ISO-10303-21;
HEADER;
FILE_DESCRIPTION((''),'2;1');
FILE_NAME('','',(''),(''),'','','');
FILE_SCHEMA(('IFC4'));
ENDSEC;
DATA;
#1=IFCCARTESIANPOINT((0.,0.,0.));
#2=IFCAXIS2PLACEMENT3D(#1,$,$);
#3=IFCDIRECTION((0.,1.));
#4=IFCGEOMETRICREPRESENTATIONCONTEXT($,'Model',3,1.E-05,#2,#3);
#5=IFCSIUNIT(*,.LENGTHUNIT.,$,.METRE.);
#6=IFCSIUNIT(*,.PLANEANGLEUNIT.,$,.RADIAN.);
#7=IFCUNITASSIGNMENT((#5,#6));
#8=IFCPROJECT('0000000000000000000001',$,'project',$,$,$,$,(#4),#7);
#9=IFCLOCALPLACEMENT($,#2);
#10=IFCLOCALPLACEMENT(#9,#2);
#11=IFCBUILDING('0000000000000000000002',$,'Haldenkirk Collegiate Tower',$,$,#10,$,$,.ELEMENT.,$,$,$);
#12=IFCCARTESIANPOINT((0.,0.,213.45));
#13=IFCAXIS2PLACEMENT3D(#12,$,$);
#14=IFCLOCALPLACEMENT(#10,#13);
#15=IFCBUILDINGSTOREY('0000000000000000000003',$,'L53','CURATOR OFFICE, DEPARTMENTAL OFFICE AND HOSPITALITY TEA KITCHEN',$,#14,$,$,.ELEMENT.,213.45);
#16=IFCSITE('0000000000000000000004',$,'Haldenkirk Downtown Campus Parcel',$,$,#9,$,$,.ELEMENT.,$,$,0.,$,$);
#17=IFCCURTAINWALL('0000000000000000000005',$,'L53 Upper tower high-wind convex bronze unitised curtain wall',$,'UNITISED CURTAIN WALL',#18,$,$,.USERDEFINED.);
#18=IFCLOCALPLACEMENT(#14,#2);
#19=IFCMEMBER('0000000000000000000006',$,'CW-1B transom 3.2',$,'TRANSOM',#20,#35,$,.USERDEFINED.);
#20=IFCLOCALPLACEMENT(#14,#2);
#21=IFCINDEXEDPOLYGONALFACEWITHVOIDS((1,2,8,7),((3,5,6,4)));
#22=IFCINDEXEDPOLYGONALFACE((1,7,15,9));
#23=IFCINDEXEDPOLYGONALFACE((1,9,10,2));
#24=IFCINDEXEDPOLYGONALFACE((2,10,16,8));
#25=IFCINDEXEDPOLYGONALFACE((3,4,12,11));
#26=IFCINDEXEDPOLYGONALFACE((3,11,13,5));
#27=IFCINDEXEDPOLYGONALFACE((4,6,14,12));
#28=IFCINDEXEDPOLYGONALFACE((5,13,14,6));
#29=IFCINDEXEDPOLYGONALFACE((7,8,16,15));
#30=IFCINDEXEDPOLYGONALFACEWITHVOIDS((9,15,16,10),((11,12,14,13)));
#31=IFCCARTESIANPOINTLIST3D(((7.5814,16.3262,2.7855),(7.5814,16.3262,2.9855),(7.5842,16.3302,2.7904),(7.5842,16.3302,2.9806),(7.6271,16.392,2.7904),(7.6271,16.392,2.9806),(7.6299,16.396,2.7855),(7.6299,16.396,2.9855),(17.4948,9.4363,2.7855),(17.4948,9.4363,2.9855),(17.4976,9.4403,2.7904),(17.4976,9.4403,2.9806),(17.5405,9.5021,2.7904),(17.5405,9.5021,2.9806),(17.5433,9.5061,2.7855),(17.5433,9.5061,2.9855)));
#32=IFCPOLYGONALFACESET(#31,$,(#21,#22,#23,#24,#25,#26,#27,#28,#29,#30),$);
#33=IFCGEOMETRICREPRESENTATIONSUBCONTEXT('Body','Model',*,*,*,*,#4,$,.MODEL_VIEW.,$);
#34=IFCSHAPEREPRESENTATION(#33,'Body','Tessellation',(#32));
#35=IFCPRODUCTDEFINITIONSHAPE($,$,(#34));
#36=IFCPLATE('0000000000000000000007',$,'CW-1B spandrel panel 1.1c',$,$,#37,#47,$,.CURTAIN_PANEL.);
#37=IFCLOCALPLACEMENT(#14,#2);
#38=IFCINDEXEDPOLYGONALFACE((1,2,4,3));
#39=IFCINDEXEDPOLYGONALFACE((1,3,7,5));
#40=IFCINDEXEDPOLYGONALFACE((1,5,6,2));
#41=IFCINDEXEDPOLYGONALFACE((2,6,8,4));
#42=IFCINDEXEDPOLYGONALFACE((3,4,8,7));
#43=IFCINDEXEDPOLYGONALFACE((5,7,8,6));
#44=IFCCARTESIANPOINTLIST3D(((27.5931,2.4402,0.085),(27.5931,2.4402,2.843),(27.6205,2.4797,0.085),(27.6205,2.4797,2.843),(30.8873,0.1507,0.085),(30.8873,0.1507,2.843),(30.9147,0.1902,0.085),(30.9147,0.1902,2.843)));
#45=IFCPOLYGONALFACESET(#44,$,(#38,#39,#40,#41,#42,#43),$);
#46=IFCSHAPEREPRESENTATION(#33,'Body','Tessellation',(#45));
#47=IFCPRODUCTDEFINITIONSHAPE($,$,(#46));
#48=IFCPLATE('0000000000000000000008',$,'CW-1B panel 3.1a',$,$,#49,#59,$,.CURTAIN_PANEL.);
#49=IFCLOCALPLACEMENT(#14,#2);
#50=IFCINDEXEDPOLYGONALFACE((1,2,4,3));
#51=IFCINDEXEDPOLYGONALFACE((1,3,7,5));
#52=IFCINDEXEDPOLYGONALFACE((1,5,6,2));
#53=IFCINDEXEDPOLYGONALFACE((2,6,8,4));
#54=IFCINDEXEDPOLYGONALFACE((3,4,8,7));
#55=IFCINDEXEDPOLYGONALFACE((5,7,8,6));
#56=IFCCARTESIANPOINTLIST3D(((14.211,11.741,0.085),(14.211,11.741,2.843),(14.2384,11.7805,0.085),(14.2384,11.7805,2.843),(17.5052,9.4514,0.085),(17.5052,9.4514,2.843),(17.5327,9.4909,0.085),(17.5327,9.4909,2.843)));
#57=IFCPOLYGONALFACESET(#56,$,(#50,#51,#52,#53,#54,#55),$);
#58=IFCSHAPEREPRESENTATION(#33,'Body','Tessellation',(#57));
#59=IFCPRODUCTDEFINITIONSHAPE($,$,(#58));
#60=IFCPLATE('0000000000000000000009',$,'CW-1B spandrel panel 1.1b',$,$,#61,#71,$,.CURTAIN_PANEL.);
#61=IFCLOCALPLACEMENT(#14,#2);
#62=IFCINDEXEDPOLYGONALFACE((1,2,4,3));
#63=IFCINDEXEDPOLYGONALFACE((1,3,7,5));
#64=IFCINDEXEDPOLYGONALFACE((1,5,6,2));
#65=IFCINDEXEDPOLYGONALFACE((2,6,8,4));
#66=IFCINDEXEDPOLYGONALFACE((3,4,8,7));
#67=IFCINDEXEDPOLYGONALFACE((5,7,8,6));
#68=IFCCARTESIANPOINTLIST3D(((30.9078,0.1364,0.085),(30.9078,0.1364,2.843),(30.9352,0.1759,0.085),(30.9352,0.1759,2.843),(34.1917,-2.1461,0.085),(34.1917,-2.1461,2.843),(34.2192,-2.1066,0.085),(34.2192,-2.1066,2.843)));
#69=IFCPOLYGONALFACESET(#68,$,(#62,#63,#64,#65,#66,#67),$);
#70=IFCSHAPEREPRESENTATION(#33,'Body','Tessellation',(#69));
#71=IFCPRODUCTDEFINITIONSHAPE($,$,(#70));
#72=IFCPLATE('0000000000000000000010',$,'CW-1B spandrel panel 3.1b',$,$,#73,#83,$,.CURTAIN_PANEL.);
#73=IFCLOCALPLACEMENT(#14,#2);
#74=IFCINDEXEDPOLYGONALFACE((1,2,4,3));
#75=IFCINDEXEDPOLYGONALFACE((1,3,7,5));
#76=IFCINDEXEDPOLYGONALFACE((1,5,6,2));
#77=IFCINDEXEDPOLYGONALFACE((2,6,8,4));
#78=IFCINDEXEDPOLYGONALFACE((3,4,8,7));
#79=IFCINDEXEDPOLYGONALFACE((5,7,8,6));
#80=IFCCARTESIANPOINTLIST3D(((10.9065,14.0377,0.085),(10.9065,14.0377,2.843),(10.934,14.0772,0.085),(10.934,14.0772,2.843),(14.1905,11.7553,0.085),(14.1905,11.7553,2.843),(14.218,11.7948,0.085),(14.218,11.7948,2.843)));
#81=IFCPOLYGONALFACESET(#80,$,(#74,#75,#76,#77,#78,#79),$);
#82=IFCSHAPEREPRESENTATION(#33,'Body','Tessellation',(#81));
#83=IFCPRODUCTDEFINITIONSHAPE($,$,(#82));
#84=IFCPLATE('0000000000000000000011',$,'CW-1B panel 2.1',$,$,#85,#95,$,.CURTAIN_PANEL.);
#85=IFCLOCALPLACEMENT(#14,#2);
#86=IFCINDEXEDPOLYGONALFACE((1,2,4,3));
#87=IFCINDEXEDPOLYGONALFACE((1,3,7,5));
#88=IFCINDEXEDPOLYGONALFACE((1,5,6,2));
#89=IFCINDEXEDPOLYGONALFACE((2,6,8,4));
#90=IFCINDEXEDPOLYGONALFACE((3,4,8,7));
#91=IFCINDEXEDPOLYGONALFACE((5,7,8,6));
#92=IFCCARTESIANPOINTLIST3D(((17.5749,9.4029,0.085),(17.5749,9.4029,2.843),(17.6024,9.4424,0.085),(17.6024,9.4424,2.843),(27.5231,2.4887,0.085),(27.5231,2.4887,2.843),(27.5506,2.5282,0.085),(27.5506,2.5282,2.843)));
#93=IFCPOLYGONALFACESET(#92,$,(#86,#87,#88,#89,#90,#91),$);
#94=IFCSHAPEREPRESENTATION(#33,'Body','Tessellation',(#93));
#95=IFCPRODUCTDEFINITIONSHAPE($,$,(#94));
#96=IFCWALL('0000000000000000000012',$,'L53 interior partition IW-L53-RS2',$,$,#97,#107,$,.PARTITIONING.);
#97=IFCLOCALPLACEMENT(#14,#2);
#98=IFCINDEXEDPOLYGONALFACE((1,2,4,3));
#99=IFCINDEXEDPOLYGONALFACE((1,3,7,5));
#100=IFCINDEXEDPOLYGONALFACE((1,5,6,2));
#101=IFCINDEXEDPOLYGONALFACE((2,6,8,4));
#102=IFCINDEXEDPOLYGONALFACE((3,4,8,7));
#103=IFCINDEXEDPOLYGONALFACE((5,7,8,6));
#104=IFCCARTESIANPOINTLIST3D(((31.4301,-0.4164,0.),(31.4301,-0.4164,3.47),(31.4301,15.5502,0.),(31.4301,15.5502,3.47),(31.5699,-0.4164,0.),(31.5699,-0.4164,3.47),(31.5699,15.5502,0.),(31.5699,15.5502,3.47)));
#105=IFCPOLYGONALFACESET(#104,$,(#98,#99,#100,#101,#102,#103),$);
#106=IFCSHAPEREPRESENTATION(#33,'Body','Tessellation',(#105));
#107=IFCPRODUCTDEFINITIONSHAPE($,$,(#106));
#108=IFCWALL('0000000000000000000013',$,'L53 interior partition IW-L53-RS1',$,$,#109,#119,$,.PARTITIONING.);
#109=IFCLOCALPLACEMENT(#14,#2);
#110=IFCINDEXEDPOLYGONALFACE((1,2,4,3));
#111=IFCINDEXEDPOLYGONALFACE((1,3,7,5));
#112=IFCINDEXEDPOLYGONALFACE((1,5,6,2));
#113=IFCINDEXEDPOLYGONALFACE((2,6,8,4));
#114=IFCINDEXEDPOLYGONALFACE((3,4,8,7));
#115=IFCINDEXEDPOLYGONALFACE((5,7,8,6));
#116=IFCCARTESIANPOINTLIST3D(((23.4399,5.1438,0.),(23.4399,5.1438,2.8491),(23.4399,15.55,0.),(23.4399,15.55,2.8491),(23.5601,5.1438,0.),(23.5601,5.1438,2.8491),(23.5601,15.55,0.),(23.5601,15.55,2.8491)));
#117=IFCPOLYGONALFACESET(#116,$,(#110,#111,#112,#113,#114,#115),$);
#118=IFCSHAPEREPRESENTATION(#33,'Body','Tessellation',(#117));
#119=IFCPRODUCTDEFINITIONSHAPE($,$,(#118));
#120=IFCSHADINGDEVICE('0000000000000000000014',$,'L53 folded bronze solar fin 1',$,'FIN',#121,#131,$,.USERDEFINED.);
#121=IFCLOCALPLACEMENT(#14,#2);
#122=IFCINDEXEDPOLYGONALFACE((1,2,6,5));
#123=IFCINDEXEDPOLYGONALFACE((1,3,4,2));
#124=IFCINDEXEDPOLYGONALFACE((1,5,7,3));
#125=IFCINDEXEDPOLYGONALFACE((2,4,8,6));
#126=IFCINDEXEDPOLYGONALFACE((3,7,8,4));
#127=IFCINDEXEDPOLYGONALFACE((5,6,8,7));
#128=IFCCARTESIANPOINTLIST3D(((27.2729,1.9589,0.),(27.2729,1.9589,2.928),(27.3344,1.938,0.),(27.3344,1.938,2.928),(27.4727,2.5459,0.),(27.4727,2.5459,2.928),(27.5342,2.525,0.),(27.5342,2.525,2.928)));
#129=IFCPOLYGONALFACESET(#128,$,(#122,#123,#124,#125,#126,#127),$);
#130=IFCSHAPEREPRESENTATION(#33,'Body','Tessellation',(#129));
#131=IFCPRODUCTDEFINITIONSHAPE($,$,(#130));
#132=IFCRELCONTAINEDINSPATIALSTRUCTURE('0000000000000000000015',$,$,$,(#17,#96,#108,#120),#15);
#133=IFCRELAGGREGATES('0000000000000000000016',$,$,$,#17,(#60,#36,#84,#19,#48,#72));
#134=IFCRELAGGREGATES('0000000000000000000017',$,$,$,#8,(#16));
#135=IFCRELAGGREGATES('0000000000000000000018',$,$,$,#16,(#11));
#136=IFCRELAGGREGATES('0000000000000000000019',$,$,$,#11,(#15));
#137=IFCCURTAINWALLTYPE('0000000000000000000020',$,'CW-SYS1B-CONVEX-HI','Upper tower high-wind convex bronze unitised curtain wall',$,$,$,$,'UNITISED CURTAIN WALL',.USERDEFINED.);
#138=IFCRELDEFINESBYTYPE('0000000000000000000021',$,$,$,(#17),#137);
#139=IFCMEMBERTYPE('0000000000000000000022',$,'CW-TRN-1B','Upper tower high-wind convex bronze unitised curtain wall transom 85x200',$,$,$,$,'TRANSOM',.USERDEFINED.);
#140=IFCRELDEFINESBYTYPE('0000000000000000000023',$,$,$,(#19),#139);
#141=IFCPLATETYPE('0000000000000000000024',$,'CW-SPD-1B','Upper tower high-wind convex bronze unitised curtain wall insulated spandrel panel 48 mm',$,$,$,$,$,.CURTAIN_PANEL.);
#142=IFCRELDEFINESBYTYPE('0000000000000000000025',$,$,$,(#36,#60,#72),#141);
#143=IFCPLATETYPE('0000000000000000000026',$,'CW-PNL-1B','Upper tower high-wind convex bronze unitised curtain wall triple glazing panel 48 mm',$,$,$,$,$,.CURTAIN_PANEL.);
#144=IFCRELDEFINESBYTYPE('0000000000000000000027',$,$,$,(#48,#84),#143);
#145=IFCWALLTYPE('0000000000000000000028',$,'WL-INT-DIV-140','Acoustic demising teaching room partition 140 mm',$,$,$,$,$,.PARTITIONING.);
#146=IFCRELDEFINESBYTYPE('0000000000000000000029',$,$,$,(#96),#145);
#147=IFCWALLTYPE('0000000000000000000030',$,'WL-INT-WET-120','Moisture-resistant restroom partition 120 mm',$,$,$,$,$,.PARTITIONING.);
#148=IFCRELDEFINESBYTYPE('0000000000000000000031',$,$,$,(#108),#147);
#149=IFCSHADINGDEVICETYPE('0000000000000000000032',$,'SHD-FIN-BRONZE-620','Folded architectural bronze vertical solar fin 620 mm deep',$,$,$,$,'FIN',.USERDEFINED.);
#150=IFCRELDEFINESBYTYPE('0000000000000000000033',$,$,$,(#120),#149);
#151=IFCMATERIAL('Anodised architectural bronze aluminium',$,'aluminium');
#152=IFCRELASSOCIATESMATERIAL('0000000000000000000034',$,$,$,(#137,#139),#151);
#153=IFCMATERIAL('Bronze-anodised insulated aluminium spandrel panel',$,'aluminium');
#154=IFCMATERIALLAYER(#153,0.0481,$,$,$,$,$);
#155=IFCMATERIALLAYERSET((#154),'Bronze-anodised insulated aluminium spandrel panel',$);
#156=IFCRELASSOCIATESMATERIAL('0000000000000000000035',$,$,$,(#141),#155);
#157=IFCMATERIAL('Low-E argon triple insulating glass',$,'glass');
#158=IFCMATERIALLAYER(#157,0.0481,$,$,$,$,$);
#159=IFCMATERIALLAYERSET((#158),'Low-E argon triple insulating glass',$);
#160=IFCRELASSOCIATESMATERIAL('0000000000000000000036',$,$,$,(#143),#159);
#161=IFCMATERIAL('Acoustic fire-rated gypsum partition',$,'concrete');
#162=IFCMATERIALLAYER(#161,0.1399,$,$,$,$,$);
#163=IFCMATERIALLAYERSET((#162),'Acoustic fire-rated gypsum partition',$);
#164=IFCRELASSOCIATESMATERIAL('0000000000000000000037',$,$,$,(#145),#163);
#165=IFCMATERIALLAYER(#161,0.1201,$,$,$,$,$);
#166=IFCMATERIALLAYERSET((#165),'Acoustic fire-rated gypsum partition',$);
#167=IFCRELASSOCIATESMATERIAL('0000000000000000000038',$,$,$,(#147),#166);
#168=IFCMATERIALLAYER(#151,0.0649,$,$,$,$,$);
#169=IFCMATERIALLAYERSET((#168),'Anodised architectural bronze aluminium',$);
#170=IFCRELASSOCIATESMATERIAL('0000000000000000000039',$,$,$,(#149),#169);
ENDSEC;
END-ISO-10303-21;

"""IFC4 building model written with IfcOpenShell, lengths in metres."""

from ifc_helpers import new_model, si_unit, direction, frame, frame_2d, origin, origin_2d, place, context, subcontext, project, spatial, rectangle, hollow_rectangle, extrude, source, transform, mapped, material, layer, layer_set, material_profile, profile_set, type_object, element, aggregate, save


model = new_model("IFC4")

# Units and contexts
model_context = context("Model", 3, precision=1e-05, world=origin(), true_north=direction((0.0, 1.0)))
body_context = subcontext(model_context, "Body", "Model", "MODEL_VIEW")
ifc_project = project(units=[si_unit("LENGTHUNIT", "METRE"), si_unit("PLANEANGLEUNIT", "RADIAN")], contexts=[model_context])

# Site, building, storey
site_placement = place(None, origin())
site = spatial("IfcSite", under=ifc_project, at=site_placement, Name="Haldenkirk Downtown Campus Parcel", CompositionType="ELEMENT", RefElevation=0.0)
building_placement = place(site_placement, origin())
building = spatial("IfcBuilding", under=site, at=building_placement, Name="Haldenkirk Collegiate Tower", CompositionType="ELEMENT")
storey_placement = place(building_placement, frame((0.0, 0.0, 213.45)))
storey = spatial("IfcBuildingStorey", under=building, at=storey_placement, Name="L53", Description="CURATOR OFFICE, DEPARTMENTAL OFFICE AND HOSPITALITY TEA KITCHEN", CompositionType="ELEMENT", Elevation=213.45)

# Curtain wall, member, plates
ifc_material_1 = material(Name="Anodised architectural bronze aluminium", Category="aluminium")
curtain_wall_type = type_object("IfcCurtainWallType", Name="CW-SYS1B-CONVEX-HI", Description="Upper tower high-wind convex bronze unitised curtain wall", ElementType="UNITISED CURTAIN WALL", PredefinedType="USERDEFINED", material=ifc_material_1)
curtain_wall_placement = place(storey_placement, origin())
curtain_wall = element("IfcCurtainWall", 1, at=curtain_wall_placement, inside=storey, type_object=curtain_wall_type, Name="L53 Upper tower high-wind convex bronze unitised curtain wall", ObjectType="UNITISED CURTAIN WALL", PredefinedType="USERDEFINED")
ifc_material_profile_1 = material_profile(ifc_material_1, hollow_rectangle(XDim=0.085, YDim=0.2, WallThickness=0.0049, at=origin_2d()), Name="CW-TRN-1B")
ifc_profile_set_1 = profile_set([ifc_material_profile_1], Name="Anodised architectural bronze aluminium")
member_type_1 = type_object("IfcMemberType", Name="CW-TRN-1B", Description="Upper tower high-wind convex bronze unitised curtain wall transom 85x200", ElementType="TRANSOM", PredefinedType="USERDEFINED", material=ifc_profile_set_1)
member_1_placement = place(storey_placement, frame((17.519, 9.4712, 2.8855), z_axis=(-0.821151, 0.570711, 0.0), x_axis=(-0.570711, -0.821151, 0.0)))
member_1 = element("IfcMember", 2, at=member_1_placement, type_object=member_type_1, Name="CW-1B transom 3.2", ObjectType="TRANSOM", PredefinedType="USERDEFINED", context=body_context, shape_type="SweptSolid", body=[
    extrude(hollow_rectangle(XDim=0.085, YDim=0.2, WallThickness=0.0049, at=origin_2d()), origin(), (0.0, 0.0, 1.0), 12.0725),
])
ifc_material_2 = material(Name="Bronze-anodised insulated aluminium spandrel panel", Category="aluminium")
ifc_layer_1 = layer(ifc_material_2, 0.0481)
ifc_layer_set_1 = layer_set([ifc_layer_1], Name="Bronze-anodised insulated aluminium spandrel panel")
plate_type_1 = type_object("IfcPlateType", Name="CW-SPD-1B", Description="Upper tower high-wind convex bronze unitised curtain wall insulated spandrel panel 48 mm", PredefinedType="CURTAIN_PANEL", material=ifc_layer_set_1)
shared_shape_1 = source(origin(), body_context, "Body", "SweptSolid", [
    extrude(rectangle(XDim=4.0117, YDim=0.0481, at=origin_2d()), origin(), (0.0, 0.0, 1.0), 2.7581),
])
plate_1_placement = place(storey_placement, frame((29.2539, 1.3152, 0.085), z_axis=(0.0, 0.0, 1.0), x_axis=(-0.821148, 0.570715, 0.0)))
plate_1 = element("IfcPlate", 3, at=plate_1_placement, type_object=plate_type_1, Name="CW-1B spandrel panel 1.1c", PredefinedType="CURTAIN_PANEL", context=body_context, shape_type="MappedRepresentation", body=[
    mapped(shared_shape_1, transform((0.0, 0.0, 0.0), x_axis=(1.0, 0.0, 0.0), y_axis=(0.0, 1.0, 0.0), z_axis=(0.0, 0.0, 1.0), scale=1.0)),
])
ifc_material_3 = material(Name="Low-E argon triple insulating glass", Category="glass")
ifc_layer_2 = layer(ifc_material_3, 0.0481)
ifc_layer_set_2 = layer_set([ifc_layer_2], Name="Low-E argon triple insulating glass")
plate_type_2 = type_object("IfcPlateType", Name="CW-PNL-1B", Description="Upper tower high-wind convex bronze unitised curtain wall triple glazing panel 48 mm", PredefinedType="CURTAIN_PANEL", material=ifc_layer_set_2)
plate_2_placement = place(storey_placement, frame((15.8718, 10.616, 0.085), z_axis=(0.0, 0.0, 1.0), x_axis=(-0.821148, 0.570715, 0.0)))
plate_2 = element("IfcPlate", 4, at=plate_2_placement, type_object=plate_type_2, Name="CW-1B panel 3.1a", PredefinedType="CURTAIN_PANEL", context=body_context, shape_type="MappedRepresentation", body=[
    mapped(shared_shape_1, transform((0.0, 0.0, 0.0), x_axis=(1.0, 0.0, 0.0), y_axis=(0.0, 1.0, 0.0), z_axis=(0.0, 0.0, 1.0), scale=1.0)),
])
shared_shape_2 = source(origin(), body_context, "Body", "SweptSolid", [
    extrude(rectangle(XDim=3.9993, YDim=0.0481, at=origin_2d()), origin(), (0.0, 0.0, 1.0), 2.7581),
])
plate_3_placement = place(storey_placement, frame((32.5635, -0.9851, 0.085), z_axis=(0.0, 0.0, 1.0), x_axis=(-0.821148, 0.570715, 0.0)))
plate_3 = element("IfcPlate", 5, at=plate_3_placement, type_object=plate_type_1, Name="CW-1B spandrel panel 1.1b", PredefinedType="CURTAIN_PANEL", context=body_context, shape_type="MappedRepresentation", body=[
    mapped(shared_shape_2, transform((0.0, 0.0, 0.0), x_axis=(1.0, 0.0, 0.0), y_axis=(0.0, 1.0, 0.0), z_axis=(0.0, 0.0, 1.0), scale=1.0)),
])
plate_4_placement = place(storey_placement, frame((12.5623, 12.9163, 0.085), z_axis=(0.0, 0.0, 1.0), x_axis=(-0.821148, 0.570715, 0.0)))
plate_4 = element("IfcPlate", 6, at=plate_4_placement, type_object=plate_type_1, Name="CW-1B spandrel panel 3.1b", PredefinedType="CURTAIN_PANEL", context=body_context, shape_type="MappedRepresentation", body=[
    mapped(shared_shape_2, transform((0.0, 0.0, 0.0), x_axis=(1.0, 0.0, 0.0), y_axis=(0.0, 1.0, 0.0), z_axis=(0.0, 0.0, 1.0), scale=1.0)),
])
shared_shape_3 = source(origin(), body_context, "Body", "SweptSolid", [
    extrude(rectangle(XDim=12.115, YDim=0.0481, at=origin_2d()), origin(), (0.0, 0.0, 1.0), 2.7581),
])
plate_5_placement = place(storey_placement, frame((22.5627, 5.9656, 0.085), z_axis=(0.0, 0.0, 1.0), x_axis=(-0.821148, 0.570715, 0.0)))
plate_5 = element("IfcPlate", 7, at=plate_5_placement, type_object=plate_type_2, Name="CW-1B panel 2.1", PredefinedType="CURTAIN_PANEL", context=body_context, shape_type="MappedRepresentation", body=[
    mapped(shared_shape_3, transform((0.0, 0.0, 0.0), x_axis=(1.0, 0.0, 0.0), y_axis=(0.0, 1.0, 0.0), z_axis=(0.0, 0.0, 1.0), scale=1.0)),
])
aggregate(curtain_wall, [plate_3, plate_1, plate_5, member_1, plate_2, plate_4])

# Walls
ifc_material_4 = material(Name="Acoustic fire-rated gypsum partition", Category="concrete")
ifc_layer_3 = layer(ifc_material_4, 0.1399)
ifc_layer_set_3 = layer_set([ifc_layer_3], Name="Acoustic fire-rated gypsum partition")
wall_type_1 = type_object("IfcWallType", Name="WL-INT-DIV-140", Description="Acoustic demising teaching room partition 140 mm", PredefinedType="PARTITIONING", material=ifc_layer_set_3)
wall_1_placement = place(storey_placement, frame((31.5, -0.4165, 0.0), z_axis=(0.0, 0.0, 1.0), x_axis=(0.0, 1.0, 0.0)))
element("IfcWall", 8, at=wall_1_placement, inside=storey, type_object=wall_type_1, Name="L53 interior partition IW-L53-RS2", PredefinedType="PARTITIONING", context=body_context, shape_type="SweptSolid", body=[
    extrude(rectangle(XDim=15.9666, YDim=0.1399, at=frame_2d((7.9834, 0.0))), origin(), (0.0, 0.0, 1.0), 3.47),
])
ifc_layer_4 = layer(ifc_material_4, 0.1201)
ifc_layer_set_4 = layer_set([ifc_layer_4], Name="Acoustic fire-rated gypsum partition")
wall_type_2 = type_object("IfcWallType", Name="WL-INT-WET-120", Description="Moisture-resistant restroom partition 120 mm", PredefinedType="PARTITIONING", material=ifc_layer_set_4)
wall_2_placement = place(storey_placement, frame((23.5, 5.1438, 0.0), z_axis=(0.0, 0.0, 1.0), x_axis=(0.0, 1.0, 0.0)))
element("IfcWall", 9, at=wall_2_placement, inside=storey, type_object=wall_type_2, Name="L53 interior partition IW-L53-RS1", PredefinedType="PARTITIONING", context=body_context, shape_type="SweptSolid", body=[
    extrude(rectangle(XDim=10.4062, YDim=0.1201, at=frame_2d((5.2031, 0.0))), origin(), (0.0, 0.0, 1.0), 2.8491),
])

# Shading device
ifc_layer_5 = layer(ifc_material_1, 0.0649)
ifc_layer_set_5 = layer_set([ifc_layer_5], Name="Anodised architectural bronze aluminium")
shading_device_type = type_object("IfcShadingDeviceType", Name="SHD-FIN-BRONZE-620", Description="Folded architectural bronze vertical solar fin 620 mm deep", ElementType="FIN", PredefinedType="USERDEFINED", material=ifc_layer_set_5)
shared_shape_4 = source(origin(), body_context, "Body", "SweptSolid", [
    extrude(rectangle(XDim=0.6201, YDim=0.0649, at=origin_2d()), origin(), (0.0, 0.0, 1.0), 2.928),
])
shading_device_placement = place(storey_placement, frame((27.4036, 2.2419, 0.0), z_axis=(0.0, 0.0, 1.0), x_axis=(-0.322266, -0.946649, 0.0)))
element("IfcShadingDevice", 10, at=shading_device_placement, inside=storey, type_object=shading_device_type, Name="L53 folded bronze solar fin 1", ObjectType="FIN", PredefinedType="USERDEFINED", context=body_context, shape_type="MappedRepresentation", body=[
    mapped(shared_shape_4, transform((0.0, 0.0, 0.0), x_axis=(1.0, 0.0, 0.0), y_axis=(0.0, 1.0, 0.0), z_axis=(0.0, 0.0, 1.0), scale=1.0)),
])

save(model, "model.ifc")
